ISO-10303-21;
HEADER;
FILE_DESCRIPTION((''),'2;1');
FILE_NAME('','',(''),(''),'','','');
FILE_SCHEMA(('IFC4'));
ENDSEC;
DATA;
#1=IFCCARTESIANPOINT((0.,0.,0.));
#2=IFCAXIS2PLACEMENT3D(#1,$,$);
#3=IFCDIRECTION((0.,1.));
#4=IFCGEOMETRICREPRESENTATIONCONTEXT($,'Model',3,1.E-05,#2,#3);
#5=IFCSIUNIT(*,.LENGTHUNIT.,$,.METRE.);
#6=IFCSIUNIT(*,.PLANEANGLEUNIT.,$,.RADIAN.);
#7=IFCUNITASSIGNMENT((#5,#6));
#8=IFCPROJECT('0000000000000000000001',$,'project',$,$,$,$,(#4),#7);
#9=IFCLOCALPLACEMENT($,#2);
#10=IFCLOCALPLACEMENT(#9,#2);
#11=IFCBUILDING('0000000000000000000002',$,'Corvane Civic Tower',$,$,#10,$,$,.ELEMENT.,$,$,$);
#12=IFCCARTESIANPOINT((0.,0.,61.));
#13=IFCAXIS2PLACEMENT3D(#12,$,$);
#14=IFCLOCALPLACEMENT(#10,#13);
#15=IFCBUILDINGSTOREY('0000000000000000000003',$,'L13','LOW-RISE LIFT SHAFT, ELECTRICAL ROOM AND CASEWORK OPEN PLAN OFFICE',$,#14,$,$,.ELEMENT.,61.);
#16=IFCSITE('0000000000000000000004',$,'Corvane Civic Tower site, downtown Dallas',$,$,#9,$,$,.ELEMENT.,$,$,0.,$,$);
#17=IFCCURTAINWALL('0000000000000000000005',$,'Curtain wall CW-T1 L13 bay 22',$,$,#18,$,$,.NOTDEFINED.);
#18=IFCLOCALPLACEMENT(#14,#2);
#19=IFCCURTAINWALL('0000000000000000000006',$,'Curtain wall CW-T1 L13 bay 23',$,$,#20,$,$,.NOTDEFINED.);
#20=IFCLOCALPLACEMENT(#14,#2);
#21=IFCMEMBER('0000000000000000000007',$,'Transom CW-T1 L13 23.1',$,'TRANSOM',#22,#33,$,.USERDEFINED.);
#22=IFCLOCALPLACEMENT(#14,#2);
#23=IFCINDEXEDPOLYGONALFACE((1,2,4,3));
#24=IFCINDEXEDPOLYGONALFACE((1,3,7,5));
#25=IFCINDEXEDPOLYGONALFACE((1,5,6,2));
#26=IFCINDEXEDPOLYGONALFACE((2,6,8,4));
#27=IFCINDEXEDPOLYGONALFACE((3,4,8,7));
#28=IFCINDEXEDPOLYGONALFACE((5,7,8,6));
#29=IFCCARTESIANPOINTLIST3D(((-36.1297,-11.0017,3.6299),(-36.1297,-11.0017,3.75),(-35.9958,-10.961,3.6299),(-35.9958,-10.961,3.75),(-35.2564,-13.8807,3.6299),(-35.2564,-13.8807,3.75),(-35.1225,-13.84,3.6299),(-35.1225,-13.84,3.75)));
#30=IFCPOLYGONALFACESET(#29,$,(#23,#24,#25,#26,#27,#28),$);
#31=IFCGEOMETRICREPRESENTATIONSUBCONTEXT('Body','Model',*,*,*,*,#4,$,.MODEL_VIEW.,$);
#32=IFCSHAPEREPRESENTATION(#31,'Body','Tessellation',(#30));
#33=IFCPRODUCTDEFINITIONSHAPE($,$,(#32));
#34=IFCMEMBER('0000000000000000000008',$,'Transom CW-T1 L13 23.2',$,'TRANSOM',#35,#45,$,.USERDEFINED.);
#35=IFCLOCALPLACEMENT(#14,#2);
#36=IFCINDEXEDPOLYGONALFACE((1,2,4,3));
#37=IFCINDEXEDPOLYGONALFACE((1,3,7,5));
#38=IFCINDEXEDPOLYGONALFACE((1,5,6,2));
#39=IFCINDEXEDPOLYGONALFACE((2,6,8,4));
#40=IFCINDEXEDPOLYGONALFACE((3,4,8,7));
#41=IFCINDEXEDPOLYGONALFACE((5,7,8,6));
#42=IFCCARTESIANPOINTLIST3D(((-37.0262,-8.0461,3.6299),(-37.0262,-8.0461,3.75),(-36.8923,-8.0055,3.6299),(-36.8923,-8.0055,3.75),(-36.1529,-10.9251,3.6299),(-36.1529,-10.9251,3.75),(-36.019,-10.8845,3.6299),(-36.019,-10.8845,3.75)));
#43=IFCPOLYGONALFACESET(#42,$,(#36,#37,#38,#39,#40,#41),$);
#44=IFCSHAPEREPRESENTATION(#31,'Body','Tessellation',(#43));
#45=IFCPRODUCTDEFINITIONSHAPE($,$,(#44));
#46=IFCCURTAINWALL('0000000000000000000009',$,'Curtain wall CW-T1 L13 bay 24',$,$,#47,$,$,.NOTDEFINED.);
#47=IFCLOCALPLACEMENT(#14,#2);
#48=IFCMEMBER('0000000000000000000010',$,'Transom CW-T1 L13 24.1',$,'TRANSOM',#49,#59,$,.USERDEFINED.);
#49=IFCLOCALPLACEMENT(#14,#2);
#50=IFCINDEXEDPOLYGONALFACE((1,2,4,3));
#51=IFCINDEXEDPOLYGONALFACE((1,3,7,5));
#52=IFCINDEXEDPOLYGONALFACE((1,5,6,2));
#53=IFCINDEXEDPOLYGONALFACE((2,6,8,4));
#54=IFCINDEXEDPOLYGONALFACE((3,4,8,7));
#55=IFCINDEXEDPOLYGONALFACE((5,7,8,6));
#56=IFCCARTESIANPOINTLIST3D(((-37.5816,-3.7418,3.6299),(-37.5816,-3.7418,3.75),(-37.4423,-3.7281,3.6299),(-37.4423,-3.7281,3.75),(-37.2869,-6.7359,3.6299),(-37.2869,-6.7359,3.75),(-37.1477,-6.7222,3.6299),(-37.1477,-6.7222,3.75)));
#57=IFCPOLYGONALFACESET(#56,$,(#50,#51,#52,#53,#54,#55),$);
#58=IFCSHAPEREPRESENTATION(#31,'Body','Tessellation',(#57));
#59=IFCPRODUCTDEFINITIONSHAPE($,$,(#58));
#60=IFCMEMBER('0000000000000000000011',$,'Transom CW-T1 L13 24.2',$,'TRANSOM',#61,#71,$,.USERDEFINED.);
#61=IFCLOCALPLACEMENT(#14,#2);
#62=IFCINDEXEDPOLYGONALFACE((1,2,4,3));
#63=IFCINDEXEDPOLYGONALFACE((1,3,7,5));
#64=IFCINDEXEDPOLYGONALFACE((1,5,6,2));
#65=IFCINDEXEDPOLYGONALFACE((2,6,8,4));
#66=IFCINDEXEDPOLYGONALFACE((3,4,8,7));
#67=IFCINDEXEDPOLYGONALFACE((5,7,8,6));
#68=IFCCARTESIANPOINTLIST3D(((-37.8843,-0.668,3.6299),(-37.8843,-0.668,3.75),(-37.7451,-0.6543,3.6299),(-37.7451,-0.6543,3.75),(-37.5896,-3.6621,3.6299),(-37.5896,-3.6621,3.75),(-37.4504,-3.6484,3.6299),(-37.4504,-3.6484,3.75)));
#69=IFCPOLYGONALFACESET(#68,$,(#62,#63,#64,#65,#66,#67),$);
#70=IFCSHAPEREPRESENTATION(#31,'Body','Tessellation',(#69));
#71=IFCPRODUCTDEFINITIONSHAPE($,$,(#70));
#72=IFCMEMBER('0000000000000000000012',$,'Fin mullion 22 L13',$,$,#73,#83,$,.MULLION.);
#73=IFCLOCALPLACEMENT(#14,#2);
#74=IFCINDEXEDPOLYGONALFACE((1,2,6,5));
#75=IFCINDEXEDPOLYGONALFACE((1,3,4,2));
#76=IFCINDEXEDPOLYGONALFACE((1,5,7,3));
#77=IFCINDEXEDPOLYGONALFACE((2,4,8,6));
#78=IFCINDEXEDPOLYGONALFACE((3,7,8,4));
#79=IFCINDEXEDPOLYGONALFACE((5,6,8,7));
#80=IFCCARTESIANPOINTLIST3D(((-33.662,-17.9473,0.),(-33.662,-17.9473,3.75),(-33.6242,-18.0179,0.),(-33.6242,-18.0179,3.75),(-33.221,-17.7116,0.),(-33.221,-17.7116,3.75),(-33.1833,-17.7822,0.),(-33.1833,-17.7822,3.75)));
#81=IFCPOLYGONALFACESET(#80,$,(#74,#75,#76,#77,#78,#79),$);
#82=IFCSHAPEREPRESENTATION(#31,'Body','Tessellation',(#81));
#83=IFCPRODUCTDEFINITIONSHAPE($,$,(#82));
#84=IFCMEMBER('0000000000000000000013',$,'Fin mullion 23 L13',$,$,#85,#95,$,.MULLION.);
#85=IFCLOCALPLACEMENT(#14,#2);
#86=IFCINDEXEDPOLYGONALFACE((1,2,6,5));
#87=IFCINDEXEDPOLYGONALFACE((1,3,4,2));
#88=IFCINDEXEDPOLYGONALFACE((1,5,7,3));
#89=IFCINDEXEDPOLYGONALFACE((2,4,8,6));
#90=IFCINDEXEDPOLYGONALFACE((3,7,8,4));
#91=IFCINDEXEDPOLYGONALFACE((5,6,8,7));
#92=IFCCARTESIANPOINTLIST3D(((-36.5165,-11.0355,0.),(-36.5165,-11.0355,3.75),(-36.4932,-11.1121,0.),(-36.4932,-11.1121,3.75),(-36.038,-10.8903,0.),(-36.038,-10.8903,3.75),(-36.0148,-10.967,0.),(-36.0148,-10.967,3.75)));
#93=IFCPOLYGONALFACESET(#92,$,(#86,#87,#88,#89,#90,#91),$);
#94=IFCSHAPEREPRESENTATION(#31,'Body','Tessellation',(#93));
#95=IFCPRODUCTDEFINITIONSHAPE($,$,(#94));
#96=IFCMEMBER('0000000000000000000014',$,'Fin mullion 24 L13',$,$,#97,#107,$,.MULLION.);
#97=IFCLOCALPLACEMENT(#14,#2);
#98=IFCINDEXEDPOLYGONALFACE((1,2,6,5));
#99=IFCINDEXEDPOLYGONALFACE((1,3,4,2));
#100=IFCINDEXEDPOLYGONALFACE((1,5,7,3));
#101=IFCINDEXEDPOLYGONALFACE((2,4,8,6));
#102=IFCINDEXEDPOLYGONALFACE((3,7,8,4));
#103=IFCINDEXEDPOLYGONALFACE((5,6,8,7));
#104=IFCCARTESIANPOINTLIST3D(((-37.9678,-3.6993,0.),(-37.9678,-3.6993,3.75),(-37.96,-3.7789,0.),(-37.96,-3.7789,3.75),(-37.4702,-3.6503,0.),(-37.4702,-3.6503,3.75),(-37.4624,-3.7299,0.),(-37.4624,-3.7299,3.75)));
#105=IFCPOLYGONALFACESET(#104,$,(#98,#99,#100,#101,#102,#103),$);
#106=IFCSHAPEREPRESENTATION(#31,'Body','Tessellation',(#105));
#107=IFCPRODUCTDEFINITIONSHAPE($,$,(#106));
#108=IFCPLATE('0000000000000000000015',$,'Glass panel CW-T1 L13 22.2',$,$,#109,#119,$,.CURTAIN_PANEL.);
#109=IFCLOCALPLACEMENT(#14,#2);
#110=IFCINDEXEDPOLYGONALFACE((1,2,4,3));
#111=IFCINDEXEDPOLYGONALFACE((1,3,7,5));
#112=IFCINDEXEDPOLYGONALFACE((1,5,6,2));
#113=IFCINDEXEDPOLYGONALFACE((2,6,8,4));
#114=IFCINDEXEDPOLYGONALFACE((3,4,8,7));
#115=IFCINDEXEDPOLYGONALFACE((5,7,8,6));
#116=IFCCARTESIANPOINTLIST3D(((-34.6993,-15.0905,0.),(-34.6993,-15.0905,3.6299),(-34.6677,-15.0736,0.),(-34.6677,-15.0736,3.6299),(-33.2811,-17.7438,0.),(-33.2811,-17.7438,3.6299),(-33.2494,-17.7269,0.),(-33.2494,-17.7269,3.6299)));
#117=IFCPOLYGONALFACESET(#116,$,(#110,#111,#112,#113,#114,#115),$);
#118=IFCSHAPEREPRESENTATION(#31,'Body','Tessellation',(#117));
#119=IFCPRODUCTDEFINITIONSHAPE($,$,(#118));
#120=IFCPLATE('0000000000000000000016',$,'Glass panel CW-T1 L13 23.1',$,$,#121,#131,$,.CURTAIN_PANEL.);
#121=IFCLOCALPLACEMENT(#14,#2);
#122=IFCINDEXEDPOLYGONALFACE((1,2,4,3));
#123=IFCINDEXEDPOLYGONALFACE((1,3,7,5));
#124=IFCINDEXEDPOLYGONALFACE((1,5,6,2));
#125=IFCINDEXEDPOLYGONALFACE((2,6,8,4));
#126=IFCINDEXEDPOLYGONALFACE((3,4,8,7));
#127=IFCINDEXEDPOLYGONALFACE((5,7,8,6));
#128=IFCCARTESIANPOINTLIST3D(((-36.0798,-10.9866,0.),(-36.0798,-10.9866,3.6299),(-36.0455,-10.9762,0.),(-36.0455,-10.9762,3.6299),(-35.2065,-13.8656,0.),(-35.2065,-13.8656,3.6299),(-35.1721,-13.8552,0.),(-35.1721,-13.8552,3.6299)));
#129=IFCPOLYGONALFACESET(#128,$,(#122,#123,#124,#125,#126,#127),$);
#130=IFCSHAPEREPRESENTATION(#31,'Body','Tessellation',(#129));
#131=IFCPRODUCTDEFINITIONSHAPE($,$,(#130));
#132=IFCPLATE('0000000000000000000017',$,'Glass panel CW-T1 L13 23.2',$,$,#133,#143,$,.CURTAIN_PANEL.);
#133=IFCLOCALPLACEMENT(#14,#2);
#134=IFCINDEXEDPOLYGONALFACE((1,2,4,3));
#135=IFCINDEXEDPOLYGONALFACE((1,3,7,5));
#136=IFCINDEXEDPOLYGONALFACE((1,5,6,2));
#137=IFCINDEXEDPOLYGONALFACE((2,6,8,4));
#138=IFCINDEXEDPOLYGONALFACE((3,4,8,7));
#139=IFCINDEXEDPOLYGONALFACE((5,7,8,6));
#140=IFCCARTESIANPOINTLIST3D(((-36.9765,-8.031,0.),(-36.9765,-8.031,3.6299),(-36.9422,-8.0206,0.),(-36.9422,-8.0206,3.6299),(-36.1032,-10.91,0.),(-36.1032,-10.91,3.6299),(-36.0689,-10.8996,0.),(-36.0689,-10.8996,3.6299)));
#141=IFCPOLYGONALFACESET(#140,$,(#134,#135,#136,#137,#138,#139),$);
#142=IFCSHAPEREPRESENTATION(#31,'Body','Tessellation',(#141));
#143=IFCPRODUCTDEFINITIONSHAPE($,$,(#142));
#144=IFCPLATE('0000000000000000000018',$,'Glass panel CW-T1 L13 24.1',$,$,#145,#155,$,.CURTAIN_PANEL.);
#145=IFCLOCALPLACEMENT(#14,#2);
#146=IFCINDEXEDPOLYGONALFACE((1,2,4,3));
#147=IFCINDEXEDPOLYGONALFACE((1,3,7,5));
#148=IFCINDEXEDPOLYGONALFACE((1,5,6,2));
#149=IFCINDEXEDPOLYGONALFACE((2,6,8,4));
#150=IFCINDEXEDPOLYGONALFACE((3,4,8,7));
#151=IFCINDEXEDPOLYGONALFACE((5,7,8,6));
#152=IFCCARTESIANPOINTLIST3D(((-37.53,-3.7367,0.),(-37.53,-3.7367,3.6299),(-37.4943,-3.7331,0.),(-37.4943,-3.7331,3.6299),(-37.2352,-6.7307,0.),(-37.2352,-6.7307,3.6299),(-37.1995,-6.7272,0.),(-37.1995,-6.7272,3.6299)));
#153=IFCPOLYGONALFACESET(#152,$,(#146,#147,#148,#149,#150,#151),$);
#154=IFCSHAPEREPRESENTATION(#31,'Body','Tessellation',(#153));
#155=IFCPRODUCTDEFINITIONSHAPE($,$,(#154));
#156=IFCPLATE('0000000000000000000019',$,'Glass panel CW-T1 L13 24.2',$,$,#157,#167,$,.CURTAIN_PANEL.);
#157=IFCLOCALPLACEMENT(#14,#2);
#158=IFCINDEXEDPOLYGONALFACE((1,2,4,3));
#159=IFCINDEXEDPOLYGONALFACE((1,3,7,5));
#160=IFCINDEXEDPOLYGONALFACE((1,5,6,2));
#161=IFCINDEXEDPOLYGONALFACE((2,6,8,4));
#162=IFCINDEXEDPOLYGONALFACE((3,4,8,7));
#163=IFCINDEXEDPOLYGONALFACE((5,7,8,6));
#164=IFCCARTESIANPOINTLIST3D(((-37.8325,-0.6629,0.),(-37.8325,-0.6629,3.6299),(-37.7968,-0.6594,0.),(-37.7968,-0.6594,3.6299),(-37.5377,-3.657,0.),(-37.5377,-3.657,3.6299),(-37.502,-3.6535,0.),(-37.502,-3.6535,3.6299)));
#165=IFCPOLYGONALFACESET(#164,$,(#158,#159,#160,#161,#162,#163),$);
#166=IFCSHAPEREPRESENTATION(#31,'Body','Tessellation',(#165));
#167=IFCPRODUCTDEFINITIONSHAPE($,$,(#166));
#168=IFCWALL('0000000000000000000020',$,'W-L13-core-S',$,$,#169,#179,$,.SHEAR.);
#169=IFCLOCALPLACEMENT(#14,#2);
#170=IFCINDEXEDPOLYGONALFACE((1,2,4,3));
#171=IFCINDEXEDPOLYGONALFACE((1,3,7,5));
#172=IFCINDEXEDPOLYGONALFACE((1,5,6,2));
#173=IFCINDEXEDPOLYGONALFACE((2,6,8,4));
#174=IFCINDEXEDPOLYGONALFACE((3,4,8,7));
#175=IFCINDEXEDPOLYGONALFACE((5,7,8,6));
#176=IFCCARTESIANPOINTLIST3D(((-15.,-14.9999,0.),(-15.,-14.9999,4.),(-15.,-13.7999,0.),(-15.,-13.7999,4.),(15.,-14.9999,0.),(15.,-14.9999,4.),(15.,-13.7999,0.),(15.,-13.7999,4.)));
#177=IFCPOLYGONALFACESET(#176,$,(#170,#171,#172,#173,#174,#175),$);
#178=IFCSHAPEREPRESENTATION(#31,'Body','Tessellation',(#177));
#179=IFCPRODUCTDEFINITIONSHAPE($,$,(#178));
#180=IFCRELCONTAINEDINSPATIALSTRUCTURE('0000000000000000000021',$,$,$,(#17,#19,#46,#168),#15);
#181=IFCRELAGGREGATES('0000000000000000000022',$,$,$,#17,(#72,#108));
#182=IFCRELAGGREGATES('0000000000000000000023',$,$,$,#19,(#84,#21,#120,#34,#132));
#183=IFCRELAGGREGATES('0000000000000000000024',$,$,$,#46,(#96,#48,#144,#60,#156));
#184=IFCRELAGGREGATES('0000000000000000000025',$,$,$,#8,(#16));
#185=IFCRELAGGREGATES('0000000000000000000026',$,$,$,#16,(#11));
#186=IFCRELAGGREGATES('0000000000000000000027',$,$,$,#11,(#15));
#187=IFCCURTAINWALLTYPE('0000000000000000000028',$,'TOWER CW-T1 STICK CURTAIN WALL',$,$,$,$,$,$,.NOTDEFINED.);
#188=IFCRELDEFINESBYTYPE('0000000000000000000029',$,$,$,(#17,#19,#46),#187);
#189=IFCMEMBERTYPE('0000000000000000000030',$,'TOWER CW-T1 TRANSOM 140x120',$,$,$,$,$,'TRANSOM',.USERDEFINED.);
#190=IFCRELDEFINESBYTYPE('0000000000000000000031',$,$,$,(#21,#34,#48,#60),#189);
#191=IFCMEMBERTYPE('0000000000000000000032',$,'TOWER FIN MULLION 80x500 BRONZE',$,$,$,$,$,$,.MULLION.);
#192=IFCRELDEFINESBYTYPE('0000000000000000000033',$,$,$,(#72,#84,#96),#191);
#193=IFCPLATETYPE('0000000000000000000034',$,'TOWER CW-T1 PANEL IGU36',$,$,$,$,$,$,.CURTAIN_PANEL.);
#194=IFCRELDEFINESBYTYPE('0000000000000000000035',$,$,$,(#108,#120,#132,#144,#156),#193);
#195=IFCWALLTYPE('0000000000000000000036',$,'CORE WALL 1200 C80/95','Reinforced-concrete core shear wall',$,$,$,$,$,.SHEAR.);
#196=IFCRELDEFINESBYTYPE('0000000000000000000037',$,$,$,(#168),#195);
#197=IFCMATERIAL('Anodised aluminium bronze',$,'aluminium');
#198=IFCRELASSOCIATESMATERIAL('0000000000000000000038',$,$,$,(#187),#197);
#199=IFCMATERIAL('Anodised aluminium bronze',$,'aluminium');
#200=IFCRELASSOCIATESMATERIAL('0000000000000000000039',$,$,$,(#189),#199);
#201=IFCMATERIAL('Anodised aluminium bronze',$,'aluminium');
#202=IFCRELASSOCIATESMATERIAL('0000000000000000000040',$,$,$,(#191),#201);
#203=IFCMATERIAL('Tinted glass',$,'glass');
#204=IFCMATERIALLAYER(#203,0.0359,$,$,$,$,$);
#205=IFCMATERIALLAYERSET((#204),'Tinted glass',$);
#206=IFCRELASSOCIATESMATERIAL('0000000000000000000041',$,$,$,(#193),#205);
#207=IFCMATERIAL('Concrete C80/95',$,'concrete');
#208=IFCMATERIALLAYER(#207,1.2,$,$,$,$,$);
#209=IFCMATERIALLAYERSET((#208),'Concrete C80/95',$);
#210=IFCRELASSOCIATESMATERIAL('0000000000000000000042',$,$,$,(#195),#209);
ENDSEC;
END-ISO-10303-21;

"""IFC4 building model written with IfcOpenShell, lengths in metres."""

from ifc_helpers import new_model, si_unit, direction, frame, frame_2d, origin, origin_2d, place, context, subcontext, project, spatial, rectangle, extrude, material, layer, layer_set, material_profile, profile_set, type_object, element, aggregate, save


model = new_model("IFC4")

# Units and contexts
model_context = context("Model", 3, precision=1e-05, world=origin(), true_north=direction((0.0, 1.0)))
body_context = subcontext(model_context, "Body", "Model", "MODEL_VIEW")
ifc_project = project(units=[si_unit("LENGTHUNIT", "METRE"), si_unit("PLANEANGLEUNIT", "RADIAN")], contexts=[model_context])

# Site, building, storey
site_placement = place(None, origin())
site = spatial("IfcSite", under=ifc_project, at=site_placement, Name="Corvane Civic Tower site, downtown Dallas", CompositionType="ELEMENT", RefElevation=0.0)
building_placement = place(site_placement, origin())
building = spatial("IfcBuilding", under=site, at=building_placement, Name="Corvane Civic Tower", CompositionType="ELEMENT")
storey_placement = place(building_placement, frame((0.0, 0.0, 61.0)))
storey = spatial("IfcBuildingStorey", under=building, at=storey_placement, Name="L13", Description="LOW-RISE LIFT SHAFT, ELECTRICAL ROOM AND CASEWORK OPEN PLAN OFFICE", CompositionType="ELEMENT", Elevation=61.0)

# Curtain wall
ifc_material_1 = material(Name="Anodised aluminium bronze", Category="aluminium")
curtain_wall_type = type_object("IfcCurtainWallType", Name="TOWER CW-T1 STICK CURTAIN WALL", PredefinedType="NOTDEFINED", material=ifc_material_1)
curtain_wall_1_placement = place(storey_placement, origin())
curtain_wall_1 = element("IfcCurtainWall", 1, at=curtain_wall_1_placement, inside=storey, type_object=curtain_wall_type, Name="Curtain wall CW-T1 L13 bay 22", PredefinedType="NOTDEFINED")
ifc_material_2 = material(Name="Anodised aluminium bronze", Category="aluminium")
ifc_material_profile_1 = material_profile(ifc_material_2, rectangle(XDim=0.1399, YDim=0.1201, at=origin_2d()), Name="TOWER CW-T1 TRANSOM 140x120")
ifc_profile_set_1 = profile_set([ifc_material_profile_1], Name="Anodised aluminium bronze")
member_type_1 = type_object("IfcMemberType", Name="TOWER CW-T1 TRANSOM 140x120", ElementType="TRANSOM", PredefinedType="USERDEFINED", material=ifc_profile_set_1)

# Curtain walls, members
curtain_wall_2_placement = place(storey_placement, origin())
curtain_wall_2 = element("IfcCurtainWall", 2, at=curtain_wall_2_placement, inside=storey, type_object=curtain_wall_type, Name="Curtain wall CW-T1 L13 bay 23", PredefinedType="NOTDEFINED")
member_1_placement = place(storey_placement, frame((-35.1895, -13.8604, 3.6899), z_axis=(-0.29028, 0.956942, 0.0), x_axis=(-0.956942, -0.29028, 0.0)))
member_1 = element("IfcMember", 3, at=member_1_placement, type_object=member_type_1, Name="Transom CW-T1 L13 23.1", ObjectType="TRANSOM", PredefinedType="USERDEFINED", context=body_context, shape_type="SweptSolid", body=[
    extrude(rectangle(XDim=0.1399, YDim=0.1201, at=origin_2d()), origin(), (0.0, 0.0, 1.0), 3.0085),
])
member_2_placement = place(storey_placement, frame((-36.0859, -10.9048, 3.6899), z_axis=(-0.29028, 0.956942, 0.0), x_axis=(-0.956942, -0.29028, 0.0)))
member_2 = element("IfcMember", 4, at=member_2_placement, type_object=member_type_1, Name="Transom CW-T1 L13 23.2", ObjectType="TRANSOM", PredefinedType="USERDEFINED", context=body_context, shape_type="SweptSolid", body=[
    extrude(rectangle(XDim=0.1399, YDim=0.1201, at=origin_2d()), origin(), (0.0, 0.0, 1.0), 3.0085),
])
curtain_wall_3_placement = place(storey_placement, origin())
curtain_wall_3 = element("IfcCurtainWall", 5, at=curtain_wall_3_placement, inside=storey, type_object=curtain_wall_type, Name="Curtain wall CW-T1 L13 bay 24", PredefinedType="NOTDEFINED")
member_3_placement = place(storey_placement, frame((-37.2173, -6.729, 3.6899), z_axis=(-0.097945, 0.995192, 0.0), x_axis=(-0.995192, -0.097945, 0.0)))
member_3 = element("IfcMember", 6, at=member_3_placement, type_object=member_type_1, Name="Transom CW-T1 L13 24.1", ObjectType="TRANSOM", PredefinedType="USERDEFINED", context=body_context, shape_type="SweptSolid", body=[
    extrude(rectangle(XDim=0.1399, YDim=0.1201, at=origin_2d()), origin(), (0.0, 0.0, 1.0), 3.0085),
])
member_4_placement = place(storey_placement, frame((-37.52, -3.6553, 3.6899), z_axis=(-0.097945, 0.995192, 0.0), x_axis=(-0.995192, -0.097945, 0.0)))
member_4 = element("IfcMember", 7, at=member_4_placement, type_object=member_type_1, Name="Transom CW-T1 L13 24.2", ObjectType="TRANSOM", PredefinedType="USERDEFINED", context=body_context, shape_type="SweptSolid", body=[
    extrude(rectangle(XDim=0.1399, YDim=0.1201, at=origin_2d()), origin(), (0.0, 0.0, 1.0), 3.0085),
])

# Members
ifc_material_3 = material(Name="Anodised aluminium bronze", Category="aluminium")
ifc_material_profile_2 = material_profile(ifc_material_3, rectangle(XDim=0.0801, YDim=0.5, at=origin_2d()), Name="TOWER FIN MULLION 80x500 BRONZE")
ifc_profile_set_2 = profile_set([ifc_material_profile_2], Name="Anodised aluminium bronze")
member_type_2 = type_object("IfcMemberType", Name="TOWER FIN MULLION 80x500 BRONZE", PredefinedType="MULLION", material=ifc_profile_set_2)
member_5_placement = place(storey_placement, frame((-33.4226, -17.8647, 0.0), z_axis=(0.0, 0.0, 1.0), x_axis=(-0.471404, 0.881918, 0.0)))
member_5 = element("IfcMember", 8, at=member_5_placement, type_object=member_type_2, Name="Fin mullion 22 L13", PredefinedType="MULLION", context=body_context, shape_type="SweptSolid", body=[
    extrude(rectangle(XDim=0.0801, YDim=0.5, at=origin_2d()), origin(), (0.0, 0.0, 1.0), 3.75),
])
member_6_placement = place(storey_placement, frame((-36.2656, -11.0012, 0.0), z_axis=(0.0, 0.0, 1.0), x_axis=(-0.290278, 0.956942, 0.0)))
member_6 = element("IfcMember", 9, at=member_6_placement, type_object=member_type_2, Name="Fin mullion 23 L13", PredefinedType="MULLION", context=body_context, shape_type="SweptSolid", body=[
    extrude(rectangle(XDim=0.0801, YDim=0.5, at=origin_2d()), origin(), (0.0, 0.0, 1.0), 3.75),
])
member_7_placement = place(storey_placement, frame((-37.7151, -3.7146, 0.0), z_axis=(0.0, 0.0, 1.0), x_axis=(-0.098006, 0.995186, 0.0)))
member_7 = element("IfcMember", 10, at=member_7_placement, type_object=member_type_2, Name="Fin mullion 24 L13", PredefinedType="MULLION", context=body_context, shape_type="SweptSolid", body=[
    extrude(rectangle(XDim=0.0801, YDim=0.5, at=origin_2d()), origin(), (0.0, 0.0, 1.0), 3.75),
])

# Plates
ifc_material_4 = material(Name="Tinted glass", Category="glass")
ifc_layer_1 = layer(ifc_material_4, 0.0359)
ifc_layer_set_1 = layer_set([ifc_layer_1], Name="Tinted glass")
plate_type = type_object("IfcPlateType", Name="TOWER CW-T1 PANEL IGU36", PredefinedType="CURTAIN_PANEL", material=ifc_layer_set_1)
plate_1_placement = place(storey_placement, frame((-33.9744, -16.4087, 0.0), z_axis=(0.0, 0.0, 1.0), x_axis=(-0.471404, 0.881918, 0.0)))
plate_1 = element("IfcPlate", 11, at=plate_1_placement, type_object=plate_type, Name="Glass panel CW-T1 L13 22.2", PredefinedType="CURTAIN_PANEL", context=body_context, shape_type="SweptSolid", body=[
    extrude(rectangle(XDim=3.0085, YDim=0.0359, at=origin_2d()), origin(), (0.0, 0.0, 1.0), 3.6299),
])
aggregate(curtain_wall_1, [member_5, plate_1])
plate_2_placement = place(storey_placement, frame((-35.626, -12.4209, 0.0), z_axis=(0.0, 0.0, 1.0), x_axis=(-0.290278, 0.956942, 0.0)))
plate_2 = element("IfcPlate", 12, at=plate_2_placement, type_object=plate_type, Name="Glass panel CW-T1 L13 23.1", PredefinedType="CURTAIN_PANEL", context=body_context, shape_type="SweptSolid", body=[
    extrude(rectangle(XDim=3.0085, YDim=0.0359, at=origin_2d()), origin(), (0.0, 0.0, 1.0), 3.6299),
])
plate_3_placement = place(storey_placement, frame((-36.5227, -9.4653, 0.0), z_axis=(0.0, 0.0, 1.0), x_axis=(-0.290278, 0.956942, 0.0)))
plate_3 = element("IfcPlate", 13, at=plate_3_placement, type_object=plate_type, Name="Glass panel CW-T1 L13 23.2", PredefinedType="CURTAIN_PANEL", context=body_context, shape_type="SweptSolid", body=[
    extrude(rectangle(XDim=3.0085, YDim=0.0359, at=origin_2d()), origin(), (0.0, 0.0, 1.0), 3.6299),
])
aggregate(curtain_wall_2, [member_6, member_1, plate_2, member_2, plate_3])
plate_4_placement = place(storey_placement, frame((-37.3647, -5.2319, 0.0), z_axis=(0.0, 0.0, 1.0), x_axis=(-0.098006, 0.995186, 0.0)))
plate_4 = element("IfcPlate", 14, at=plate_4_placement, type_object=plate_type, Name="Glass panel CW-T1 L13 24.1", PredefinedType="CURTAIN_PANEL", context=body_context, shape_type="SweptSolid", body=[
    extrude(rectangle(XDim=3.0085, YDim=0.0359, at=origin_2d()), origin(), (0.0, 0.0, 1.0), 3.6299),
])
plate_5_placement = place(storey_placement, frame((-37.6672, -2.1582, 0.0), z_axis=(0.0, 0.0, 1.0), x_axis=(-0.098006, 0.995186, 0.0)))
plate_5 = element("IfcPlate", 15, at=plate_5_placement, type_object=plate_type, Name="Glass panel CW-T1 L13 24.2", PredefinedType="CURTAIN_PANEL", context=body_context, shape_type="SweptSolid", body=[
    extrude(rectangle(XDim=3.0085, YDim=0.0359, at=origin_2d()), origin(), (0.0, 0.0, 1.0), 3.6299),
])
aggregate(curtain_wall_3, [member_7, member_3, plate_4, member_4, plate_5])

# Wall
ifc_material_5 = material(Name="Concrete C80/95", Category="concrete")
ifc_layer_2 = layer(ifc_material_5, 1.2)
ifc_layer_set_2 = layer_set([ifc_layer_2], Name="Concrete C80/95")
wall_type_1 = type_object("IfcWallType", Name="CORE WALL 1200 C80/95", Description="Reinforced-concrete core shear wall", PredefinedType="SHEAR", material=ifc_layer_set_2)
wall_1_placement = place(storey_placement, frame((-15.0, -14.3999, 0.0), z_axis=(0.0, 0.0, 1.0), x_axis=(1.0, 0.0, 0.0)))
element("IfcWall", 16, at=wall_1_placement, inside=storey, type_object=wall_type_1, Name="W-L13-core-S", PredefinedType="SHEAR", context=body_context, shape_type="SweptSolid", body=[
    extrude(rectangle(XDim=30.0, YDim=1.2, at=frame_2d((15.0, 0.0))), origin(), (0.0, 0.0, 1.0), 4.0),
])

save(model, "model.ifc")
